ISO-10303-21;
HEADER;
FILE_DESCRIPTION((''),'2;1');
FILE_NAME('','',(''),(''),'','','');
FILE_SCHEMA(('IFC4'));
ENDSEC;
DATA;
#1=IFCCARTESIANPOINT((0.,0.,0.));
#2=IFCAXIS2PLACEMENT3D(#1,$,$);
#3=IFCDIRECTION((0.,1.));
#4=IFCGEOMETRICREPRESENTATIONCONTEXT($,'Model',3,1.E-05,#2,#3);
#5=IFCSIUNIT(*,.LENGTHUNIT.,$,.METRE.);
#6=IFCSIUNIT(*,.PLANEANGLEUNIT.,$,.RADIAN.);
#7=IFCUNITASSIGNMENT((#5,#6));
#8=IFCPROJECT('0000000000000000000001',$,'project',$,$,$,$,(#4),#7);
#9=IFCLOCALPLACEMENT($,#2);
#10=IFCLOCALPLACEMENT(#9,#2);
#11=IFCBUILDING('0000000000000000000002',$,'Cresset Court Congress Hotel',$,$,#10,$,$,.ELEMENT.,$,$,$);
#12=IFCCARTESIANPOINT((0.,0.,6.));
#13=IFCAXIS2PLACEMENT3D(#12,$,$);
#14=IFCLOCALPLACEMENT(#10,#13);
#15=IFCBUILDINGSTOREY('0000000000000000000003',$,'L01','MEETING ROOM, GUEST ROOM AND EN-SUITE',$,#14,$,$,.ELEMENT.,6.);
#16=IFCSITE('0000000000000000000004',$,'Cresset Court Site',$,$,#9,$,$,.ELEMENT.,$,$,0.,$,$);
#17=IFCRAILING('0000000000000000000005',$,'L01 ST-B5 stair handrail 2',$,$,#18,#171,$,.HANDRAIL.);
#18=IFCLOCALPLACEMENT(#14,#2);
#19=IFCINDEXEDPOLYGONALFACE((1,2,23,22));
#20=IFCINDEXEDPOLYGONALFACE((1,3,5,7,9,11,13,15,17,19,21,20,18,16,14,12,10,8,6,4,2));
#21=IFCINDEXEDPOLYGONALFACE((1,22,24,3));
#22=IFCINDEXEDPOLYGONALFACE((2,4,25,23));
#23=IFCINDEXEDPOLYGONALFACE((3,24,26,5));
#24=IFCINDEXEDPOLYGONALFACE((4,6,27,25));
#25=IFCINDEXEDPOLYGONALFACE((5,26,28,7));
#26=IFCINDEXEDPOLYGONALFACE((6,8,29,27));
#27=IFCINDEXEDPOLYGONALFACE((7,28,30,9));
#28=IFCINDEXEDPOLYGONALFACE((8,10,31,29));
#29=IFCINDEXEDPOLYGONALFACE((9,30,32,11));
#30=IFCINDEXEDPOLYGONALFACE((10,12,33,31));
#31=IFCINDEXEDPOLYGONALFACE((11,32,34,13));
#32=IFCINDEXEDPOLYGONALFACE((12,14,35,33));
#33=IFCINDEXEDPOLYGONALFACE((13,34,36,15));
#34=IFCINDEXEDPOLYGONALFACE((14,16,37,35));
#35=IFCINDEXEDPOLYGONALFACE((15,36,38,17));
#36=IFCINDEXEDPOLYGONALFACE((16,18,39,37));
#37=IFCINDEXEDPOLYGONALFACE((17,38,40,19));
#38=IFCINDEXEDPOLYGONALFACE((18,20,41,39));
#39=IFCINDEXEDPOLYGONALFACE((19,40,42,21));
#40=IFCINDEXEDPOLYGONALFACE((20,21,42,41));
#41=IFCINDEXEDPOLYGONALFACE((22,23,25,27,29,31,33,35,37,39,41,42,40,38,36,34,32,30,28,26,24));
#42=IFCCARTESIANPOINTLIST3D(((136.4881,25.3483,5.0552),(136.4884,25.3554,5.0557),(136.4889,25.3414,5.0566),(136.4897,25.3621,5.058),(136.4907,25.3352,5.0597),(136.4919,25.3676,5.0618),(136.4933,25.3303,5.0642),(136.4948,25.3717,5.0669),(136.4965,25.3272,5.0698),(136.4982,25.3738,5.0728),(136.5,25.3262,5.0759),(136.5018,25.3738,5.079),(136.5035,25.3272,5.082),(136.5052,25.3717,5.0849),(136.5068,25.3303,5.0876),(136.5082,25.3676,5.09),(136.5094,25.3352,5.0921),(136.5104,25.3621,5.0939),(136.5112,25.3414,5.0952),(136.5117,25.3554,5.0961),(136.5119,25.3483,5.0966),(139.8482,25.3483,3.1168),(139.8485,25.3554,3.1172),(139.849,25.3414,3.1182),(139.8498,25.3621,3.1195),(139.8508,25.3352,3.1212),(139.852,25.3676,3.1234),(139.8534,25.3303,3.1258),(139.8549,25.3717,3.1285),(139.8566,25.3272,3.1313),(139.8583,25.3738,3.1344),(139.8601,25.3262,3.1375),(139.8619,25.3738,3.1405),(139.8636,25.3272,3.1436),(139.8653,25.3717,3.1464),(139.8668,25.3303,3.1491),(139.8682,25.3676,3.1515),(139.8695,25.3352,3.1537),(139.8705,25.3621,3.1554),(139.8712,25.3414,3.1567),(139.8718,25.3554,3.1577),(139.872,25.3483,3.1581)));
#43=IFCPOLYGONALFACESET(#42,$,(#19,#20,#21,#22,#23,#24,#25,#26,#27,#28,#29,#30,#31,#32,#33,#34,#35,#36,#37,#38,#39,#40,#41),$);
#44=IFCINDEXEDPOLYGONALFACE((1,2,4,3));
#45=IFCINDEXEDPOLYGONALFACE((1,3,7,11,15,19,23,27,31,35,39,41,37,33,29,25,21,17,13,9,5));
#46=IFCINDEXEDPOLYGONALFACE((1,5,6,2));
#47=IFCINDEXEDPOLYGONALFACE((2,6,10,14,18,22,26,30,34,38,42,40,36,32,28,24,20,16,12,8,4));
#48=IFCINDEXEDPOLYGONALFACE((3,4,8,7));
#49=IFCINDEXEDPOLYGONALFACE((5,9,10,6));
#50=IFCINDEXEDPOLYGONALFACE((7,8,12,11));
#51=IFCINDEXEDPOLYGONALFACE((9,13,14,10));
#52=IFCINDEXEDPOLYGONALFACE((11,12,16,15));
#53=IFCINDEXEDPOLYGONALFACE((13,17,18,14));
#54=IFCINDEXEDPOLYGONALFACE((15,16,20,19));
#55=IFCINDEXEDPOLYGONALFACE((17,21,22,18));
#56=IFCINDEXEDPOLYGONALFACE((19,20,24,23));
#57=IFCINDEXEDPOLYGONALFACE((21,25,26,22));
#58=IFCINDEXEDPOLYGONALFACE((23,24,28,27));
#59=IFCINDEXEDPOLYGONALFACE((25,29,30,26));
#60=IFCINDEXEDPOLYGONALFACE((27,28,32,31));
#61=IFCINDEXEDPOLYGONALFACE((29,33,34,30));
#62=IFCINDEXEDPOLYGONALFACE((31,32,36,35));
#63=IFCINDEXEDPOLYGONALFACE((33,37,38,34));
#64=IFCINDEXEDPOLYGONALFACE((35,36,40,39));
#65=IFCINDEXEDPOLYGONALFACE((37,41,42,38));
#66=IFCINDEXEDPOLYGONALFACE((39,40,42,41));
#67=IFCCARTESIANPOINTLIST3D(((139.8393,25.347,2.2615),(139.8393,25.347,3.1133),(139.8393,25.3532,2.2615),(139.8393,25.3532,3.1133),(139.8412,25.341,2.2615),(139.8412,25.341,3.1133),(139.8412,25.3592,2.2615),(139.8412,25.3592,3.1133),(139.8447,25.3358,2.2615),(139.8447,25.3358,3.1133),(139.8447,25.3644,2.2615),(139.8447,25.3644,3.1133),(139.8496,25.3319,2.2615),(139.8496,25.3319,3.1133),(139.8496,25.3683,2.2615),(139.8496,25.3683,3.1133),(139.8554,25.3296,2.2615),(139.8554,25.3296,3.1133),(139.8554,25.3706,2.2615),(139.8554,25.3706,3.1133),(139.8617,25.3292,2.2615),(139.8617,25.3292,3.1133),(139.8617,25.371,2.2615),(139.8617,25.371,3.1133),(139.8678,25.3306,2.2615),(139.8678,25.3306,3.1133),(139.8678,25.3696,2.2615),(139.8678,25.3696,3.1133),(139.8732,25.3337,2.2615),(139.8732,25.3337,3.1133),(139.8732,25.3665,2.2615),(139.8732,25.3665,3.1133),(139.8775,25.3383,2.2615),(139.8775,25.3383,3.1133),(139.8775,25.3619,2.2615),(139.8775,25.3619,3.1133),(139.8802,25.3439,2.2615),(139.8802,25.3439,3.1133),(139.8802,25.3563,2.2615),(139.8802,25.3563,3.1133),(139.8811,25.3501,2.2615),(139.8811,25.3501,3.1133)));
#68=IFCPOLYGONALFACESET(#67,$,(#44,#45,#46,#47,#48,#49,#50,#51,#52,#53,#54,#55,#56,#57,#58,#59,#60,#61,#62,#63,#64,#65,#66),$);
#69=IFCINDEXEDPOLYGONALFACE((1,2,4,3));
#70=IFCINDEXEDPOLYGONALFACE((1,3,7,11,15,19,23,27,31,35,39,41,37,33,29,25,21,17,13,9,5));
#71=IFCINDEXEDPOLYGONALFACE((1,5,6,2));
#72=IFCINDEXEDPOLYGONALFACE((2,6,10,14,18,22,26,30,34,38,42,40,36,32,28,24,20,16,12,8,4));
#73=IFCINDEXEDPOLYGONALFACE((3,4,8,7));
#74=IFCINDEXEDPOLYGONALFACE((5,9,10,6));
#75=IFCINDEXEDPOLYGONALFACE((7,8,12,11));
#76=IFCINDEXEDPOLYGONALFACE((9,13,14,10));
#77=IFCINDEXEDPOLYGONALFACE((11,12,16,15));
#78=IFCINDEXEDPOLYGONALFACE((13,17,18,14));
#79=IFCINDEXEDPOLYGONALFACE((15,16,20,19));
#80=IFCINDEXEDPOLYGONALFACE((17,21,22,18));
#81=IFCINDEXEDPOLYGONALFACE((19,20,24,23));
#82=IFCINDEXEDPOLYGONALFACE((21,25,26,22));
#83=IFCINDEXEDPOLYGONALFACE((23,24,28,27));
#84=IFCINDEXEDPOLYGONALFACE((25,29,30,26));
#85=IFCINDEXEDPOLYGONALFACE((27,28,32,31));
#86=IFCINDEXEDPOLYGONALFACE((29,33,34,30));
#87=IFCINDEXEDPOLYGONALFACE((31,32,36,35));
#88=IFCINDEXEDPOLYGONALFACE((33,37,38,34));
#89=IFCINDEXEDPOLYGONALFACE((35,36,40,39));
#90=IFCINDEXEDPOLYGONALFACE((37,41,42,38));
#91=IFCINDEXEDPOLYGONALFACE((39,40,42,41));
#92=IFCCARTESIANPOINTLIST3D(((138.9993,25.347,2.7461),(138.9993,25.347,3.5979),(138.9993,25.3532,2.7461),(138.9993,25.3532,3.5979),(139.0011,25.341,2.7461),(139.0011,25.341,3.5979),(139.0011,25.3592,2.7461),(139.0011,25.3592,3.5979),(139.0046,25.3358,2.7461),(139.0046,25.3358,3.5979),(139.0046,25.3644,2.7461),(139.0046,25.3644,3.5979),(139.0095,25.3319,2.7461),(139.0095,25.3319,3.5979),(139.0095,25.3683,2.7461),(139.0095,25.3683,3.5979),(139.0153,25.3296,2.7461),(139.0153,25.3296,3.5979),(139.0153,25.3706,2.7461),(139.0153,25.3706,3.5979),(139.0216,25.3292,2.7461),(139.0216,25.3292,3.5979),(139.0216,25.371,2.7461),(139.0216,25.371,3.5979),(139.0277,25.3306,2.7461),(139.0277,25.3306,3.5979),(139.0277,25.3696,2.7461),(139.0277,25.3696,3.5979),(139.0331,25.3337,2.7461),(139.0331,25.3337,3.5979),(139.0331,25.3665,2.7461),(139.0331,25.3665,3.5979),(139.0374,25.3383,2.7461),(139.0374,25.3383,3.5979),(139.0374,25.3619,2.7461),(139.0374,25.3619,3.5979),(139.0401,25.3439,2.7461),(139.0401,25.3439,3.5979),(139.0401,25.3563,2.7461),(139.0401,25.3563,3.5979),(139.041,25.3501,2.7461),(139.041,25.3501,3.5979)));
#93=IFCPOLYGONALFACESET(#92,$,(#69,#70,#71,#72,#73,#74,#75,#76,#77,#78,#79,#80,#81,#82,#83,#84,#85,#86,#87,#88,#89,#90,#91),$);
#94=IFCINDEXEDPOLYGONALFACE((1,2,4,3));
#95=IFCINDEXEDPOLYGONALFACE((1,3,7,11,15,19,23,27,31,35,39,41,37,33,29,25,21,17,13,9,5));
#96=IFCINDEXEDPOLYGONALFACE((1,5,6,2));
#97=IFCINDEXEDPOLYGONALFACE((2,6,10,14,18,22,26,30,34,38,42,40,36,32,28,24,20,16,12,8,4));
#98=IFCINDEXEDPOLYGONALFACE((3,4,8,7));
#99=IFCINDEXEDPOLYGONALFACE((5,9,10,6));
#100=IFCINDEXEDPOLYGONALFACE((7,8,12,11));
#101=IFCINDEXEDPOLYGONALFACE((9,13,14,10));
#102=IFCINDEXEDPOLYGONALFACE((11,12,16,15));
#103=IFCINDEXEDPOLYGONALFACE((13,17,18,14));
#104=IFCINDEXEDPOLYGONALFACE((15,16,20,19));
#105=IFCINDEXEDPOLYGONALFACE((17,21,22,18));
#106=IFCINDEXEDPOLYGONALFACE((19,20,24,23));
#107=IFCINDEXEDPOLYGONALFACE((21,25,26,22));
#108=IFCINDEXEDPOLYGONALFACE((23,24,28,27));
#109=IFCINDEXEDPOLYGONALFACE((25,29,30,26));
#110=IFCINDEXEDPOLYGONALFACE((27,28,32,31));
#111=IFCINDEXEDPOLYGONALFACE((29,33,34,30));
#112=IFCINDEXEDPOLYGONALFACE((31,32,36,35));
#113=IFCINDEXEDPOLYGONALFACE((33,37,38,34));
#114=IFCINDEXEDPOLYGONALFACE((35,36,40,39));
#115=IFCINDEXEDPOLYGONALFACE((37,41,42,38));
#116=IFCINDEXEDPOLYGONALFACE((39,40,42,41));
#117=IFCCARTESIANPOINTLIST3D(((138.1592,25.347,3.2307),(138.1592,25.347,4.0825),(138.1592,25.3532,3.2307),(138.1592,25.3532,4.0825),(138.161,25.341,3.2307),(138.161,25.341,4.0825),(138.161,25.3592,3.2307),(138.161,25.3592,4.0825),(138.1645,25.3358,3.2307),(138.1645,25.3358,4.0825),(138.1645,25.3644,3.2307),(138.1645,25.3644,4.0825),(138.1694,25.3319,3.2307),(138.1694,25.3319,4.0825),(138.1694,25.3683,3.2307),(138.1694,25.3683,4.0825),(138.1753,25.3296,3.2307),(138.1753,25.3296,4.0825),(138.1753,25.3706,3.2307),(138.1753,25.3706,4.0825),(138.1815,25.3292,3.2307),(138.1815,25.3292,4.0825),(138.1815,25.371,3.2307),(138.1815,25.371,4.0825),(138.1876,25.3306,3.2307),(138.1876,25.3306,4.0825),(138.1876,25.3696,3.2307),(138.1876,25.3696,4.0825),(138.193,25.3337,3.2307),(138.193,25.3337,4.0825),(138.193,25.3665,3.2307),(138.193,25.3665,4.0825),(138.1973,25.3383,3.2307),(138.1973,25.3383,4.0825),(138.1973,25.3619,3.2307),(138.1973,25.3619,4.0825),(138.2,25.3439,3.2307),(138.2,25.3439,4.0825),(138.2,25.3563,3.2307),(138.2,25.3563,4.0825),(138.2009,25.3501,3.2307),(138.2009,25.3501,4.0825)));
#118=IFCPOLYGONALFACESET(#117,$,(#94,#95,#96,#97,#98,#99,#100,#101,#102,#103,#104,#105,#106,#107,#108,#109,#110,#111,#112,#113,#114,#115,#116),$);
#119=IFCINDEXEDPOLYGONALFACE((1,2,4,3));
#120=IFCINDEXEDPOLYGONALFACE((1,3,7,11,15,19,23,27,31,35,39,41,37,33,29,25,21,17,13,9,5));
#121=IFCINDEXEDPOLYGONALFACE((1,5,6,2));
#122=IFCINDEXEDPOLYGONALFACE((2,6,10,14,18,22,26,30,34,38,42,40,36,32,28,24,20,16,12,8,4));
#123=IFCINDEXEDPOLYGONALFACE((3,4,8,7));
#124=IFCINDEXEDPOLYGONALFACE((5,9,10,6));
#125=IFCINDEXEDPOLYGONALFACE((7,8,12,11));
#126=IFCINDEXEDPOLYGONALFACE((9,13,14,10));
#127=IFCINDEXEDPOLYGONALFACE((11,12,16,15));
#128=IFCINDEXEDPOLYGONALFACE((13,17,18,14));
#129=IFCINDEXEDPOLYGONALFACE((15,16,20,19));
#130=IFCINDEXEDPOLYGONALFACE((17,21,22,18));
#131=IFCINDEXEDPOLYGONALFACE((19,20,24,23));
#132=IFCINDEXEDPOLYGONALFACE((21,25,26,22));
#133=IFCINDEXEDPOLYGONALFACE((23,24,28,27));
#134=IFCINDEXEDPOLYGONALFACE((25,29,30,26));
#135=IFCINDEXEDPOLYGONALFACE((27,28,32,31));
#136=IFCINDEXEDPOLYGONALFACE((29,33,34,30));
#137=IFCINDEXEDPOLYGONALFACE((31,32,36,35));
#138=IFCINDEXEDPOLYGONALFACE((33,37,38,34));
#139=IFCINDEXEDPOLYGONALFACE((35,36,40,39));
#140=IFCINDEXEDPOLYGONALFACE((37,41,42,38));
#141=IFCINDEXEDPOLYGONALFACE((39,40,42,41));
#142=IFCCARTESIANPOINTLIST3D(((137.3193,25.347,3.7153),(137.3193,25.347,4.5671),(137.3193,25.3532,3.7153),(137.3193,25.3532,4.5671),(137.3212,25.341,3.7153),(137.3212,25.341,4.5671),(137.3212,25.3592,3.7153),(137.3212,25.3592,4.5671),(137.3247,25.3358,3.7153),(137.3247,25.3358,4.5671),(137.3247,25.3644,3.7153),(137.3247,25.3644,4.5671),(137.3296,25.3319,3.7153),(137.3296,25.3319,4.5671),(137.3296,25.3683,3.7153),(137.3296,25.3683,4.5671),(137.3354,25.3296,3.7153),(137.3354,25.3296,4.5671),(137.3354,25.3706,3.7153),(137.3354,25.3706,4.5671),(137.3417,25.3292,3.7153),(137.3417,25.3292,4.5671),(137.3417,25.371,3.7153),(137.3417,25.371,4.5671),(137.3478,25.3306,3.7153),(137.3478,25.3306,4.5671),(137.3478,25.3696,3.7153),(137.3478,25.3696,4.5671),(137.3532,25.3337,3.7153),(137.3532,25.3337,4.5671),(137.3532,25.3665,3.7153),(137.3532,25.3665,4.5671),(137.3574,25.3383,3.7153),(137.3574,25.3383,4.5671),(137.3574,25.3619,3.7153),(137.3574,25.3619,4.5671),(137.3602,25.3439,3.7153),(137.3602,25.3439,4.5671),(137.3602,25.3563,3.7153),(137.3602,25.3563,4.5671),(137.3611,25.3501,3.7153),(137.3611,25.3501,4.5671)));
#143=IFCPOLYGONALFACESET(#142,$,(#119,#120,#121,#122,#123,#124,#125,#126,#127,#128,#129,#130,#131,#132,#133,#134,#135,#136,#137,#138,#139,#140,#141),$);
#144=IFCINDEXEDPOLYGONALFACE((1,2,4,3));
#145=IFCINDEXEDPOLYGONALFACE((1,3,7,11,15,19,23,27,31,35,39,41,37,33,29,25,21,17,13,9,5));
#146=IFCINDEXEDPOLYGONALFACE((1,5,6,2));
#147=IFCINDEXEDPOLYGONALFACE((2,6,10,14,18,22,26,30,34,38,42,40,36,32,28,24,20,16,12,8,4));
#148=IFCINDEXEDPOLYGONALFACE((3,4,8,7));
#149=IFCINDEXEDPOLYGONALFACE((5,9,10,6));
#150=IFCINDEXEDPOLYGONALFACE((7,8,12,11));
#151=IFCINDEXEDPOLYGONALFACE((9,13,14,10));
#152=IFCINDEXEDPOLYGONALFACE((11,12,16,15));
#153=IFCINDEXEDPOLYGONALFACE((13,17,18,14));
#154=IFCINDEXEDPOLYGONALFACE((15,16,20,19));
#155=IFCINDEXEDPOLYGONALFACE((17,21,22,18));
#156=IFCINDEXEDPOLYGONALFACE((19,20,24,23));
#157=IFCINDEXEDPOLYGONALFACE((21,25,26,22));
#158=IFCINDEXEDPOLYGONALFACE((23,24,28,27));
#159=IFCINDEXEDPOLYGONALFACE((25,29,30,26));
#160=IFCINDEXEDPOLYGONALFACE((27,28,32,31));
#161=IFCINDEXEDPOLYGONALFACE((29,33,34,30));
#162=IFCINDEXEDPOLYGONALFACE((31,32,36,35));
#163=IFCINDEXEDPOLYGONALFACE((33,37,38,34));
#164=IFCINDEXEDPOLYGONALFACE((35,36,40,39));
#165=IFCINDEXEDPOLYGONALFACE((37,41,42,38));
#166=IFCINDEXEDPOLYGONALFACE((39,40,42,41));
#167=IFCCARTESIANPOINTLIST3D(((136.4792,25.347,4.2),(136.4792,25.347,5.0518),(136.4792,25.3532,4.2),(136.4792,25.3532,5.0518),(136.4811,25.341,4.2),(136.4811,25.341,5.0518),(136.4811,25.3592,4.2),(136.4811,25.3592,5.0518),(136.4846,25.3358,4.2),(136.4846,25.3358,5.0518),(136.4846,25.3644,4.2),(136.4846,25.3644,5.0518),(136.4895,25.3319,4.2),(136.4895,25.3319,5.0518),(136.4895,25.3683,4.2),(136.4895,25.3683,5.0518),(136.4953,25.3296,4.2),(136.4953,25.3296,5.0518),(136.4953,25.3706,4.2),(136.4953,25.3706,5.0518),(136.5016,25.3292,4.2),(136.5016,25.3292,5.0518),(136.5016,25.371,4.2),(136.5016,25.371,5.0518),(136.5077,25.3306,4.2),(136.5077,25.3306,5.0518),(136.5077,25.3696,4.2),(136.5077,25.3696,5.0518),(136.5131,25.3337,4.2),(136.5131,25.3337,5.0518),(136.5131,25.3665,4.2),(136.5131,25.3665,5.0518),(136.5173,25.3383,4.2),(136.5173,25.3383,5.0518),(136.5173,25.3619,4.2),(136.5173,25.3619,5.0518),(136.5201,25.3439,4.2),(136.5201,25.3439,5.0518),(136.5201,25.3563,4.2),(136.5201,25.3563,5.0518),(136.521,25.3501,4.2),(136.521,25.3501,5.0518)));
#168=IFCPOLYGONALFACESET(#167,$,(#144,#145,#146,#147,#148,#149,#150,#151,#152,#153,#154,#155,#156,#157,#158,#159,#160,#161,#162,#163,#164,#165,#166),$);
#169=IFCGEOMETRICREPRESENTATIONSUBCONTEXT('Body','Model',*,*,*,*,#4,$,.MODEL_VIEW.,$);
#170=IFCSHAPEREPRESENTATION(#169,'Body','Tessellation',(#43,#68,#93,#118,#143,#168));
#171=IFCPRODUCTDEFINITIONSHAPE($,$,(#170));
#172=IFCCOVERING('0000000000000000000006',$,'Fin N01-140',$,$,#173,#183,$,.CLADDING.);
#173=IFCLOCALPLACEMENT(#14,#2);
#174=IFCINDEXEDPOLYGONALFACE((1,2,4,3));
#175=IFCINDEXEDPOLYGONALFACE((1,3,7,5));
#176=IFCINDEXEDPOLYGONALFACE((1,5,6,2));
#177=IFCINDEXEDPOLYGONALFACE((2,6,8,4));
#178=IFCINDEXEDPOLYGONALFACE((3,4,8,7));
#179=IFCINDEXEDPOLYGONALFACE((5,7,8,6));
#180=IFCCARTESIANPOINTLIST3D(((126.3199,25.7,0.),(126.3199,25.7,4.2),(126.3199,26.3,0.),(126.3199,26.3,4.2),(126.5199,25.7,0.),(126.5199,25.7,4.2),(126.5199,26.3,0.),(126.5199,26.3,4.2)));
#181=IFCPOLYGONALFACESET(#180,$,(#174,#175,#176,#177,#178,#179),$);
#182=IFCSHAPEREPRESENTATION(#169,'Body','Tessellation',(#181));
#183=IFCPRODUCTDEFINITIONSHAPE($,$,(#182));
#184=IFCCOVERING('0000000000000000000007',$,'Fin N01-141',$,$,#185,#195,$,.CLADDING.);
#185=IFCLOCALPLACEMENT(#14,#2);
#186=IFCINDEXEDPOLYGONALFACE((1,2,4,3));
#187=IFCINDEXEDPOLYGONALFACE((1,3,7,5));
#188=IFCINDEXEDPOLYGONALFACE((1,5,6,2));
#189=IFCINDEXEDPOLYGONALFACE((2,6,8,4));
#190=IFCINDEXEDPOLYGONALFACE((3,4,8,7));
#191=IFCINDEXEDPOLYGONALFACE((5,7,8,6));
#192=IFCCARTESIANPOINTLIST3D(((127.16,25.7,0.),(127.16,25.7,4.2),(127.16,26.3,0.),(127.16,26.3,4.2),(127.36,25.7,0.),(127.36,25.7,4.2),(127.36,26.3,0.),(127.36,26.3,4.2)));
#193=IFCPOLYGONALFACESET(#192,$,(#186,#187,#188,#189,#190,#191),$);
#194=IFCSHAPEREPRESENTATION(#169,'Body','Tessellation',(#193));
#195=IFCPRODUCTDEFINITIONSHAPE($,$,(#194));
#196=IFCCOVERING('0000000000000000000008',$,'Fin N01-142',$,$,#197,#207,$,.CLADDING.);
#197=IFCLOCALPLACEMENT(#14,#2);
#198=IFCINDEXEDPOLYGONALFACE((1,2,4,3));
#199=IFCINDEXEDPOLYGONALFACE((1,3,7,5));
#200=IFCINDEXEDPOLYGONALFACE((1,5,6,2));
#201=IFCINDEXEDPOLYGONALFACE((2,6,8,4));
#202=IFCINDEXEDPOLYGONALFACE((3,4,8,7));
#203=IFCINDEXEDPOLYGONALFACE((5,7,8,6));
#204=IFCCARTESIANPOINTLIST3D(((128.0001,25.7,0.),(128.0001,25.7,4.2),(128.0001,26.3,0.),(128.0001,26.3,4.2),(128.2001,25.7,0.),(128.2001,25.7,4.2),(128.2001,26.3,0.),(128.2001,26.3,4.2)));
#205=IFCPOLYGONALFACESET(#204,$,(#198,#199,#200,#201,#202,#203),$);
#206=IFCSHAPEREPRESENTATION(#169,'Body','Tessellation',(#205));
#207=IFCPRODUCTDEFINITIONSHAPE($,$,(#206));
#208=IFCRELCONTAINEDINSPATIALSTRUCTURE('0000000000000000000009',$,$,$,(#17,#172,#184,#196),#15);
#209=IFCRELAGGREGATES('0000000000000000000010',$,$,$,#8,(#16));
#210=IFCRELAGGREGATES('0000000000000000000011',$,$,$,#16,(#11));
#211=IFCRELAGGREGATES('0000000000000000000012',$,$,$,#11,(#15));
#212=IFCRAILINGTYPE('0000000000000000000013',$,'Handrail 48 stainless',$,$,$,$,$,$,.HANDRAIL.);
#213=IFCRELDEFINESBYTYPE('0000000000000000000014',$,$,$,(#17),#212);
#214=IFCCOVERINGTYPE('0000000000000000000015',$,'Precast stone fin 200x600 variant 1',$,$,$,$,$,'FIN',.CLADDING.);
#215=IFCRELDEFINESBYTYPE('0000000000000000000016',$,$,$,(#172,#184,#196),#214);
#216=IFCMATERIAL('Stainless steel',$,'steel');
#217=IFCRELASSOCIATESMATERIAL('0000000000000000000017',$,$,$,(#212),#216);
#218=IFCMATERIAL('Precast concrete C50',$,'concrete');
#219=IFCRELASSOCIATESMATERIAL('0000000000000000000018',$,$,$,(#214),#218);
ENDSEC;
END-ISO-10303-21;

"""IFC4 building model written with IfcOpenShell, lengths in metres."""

from ifc_helpers import new_model, si_unit, direction, frame, origin, origin_2d, place, context, subcontext, project, spatial, rectangle, circle, extrude, material, type_object, element, save


model = new_model("IFC4")

# Units and contexts
model_context = context("Model", 3, precision=1e-05, world=origin(), true_north=direction((0.0, 1.0)))
body_context = subcontext(model_context, "Body", "Model", "MODEL_VIEW")
ifc_project = project(units=[si_unit("LENGTHUNIT", "METRE"), si_unit("PLANEANGLEUNIT", "RADIAN")], contexts=[model_context])

# Site, building, storey
site_placement = place(None, origin())
site = spatial("IfcSite", under=ifc_project, at=site_placement, Name="Cresset Court Site", CompositionType="ELEMENT", RefElevation=0.0)
building_placement = place(site_placement, origin())
building = spatial("IfcBuilding", under=site, at=building_placement, Name="Cresset Court Congress Hotel", CompositionType="ELEMENT")
storey_placement = place(building_placement, frame((0.0, 0.0, 6.0)))
storey = spatial("IfcBuildingStorey", under=building, at=storey_placement, Name="L01", Description="MEETING ROOM, GUEST ROOM AND EN-SUITE", CompositionType="ELEMENT", Elevation=6.0)

# Railing
ifc_material_1 = material(Name="Stainless steel", Category="steel")
railing_type_1 = type_object("IfcRailingType", Name="Handrail 48 stainless", PredefinedType="HANDRAIL", material=ifc_material_1)
railing_1_placement = place(storey_placement, frame((139.8601, 25.3501, 2.2615)))
element("IfcRailing", 1, at=railing_1_placement, inside=storey, type_object=railing_type_1, Name="L01 ST-B5 stair handrail 2", PredefinedType="HANDRAIL", context=body_context, shape_type="SweptSolid", body=[
    extrude(circle(Radius=0.0239, at=origin_2d()), frame((0.0, 0.0, 0.876), z_axis=(-0.866191, 0.0, 0.499713), x_axis=(0.0, -1.0, 0.0)), (0.0, 0.0, 1.0), 3.8792),
    extrude(circle(Radius=0.021, at=origin_2d()), origin(), (0.0, 0.0, 1.0), 0.8518),
    extrude(circle(Radius=0.021, at=origin_2d()), frame((-0.8401, 0.0, 0.4846)), (0.0, 0.0, 1.0), 0.8518),
    extrude(circle(Radius=0.021, at=origin_2d()), frame((-1.6802, 0.0, 0.9692)), (0.0, 0.0, 1.0), 0.8518),
    extrude(circle(Radius=0.021, at=origin_2d()), frame((-2.52, 0.0, 1.4539)), (0.0, 0.0, 1.0), 0.8518),
    extrude(circle(Radius=0.021, at=origin_2d()), frame((-3.3601, 0.0, 1.9385)), (0.0, 0.0, 1.0), 0.8518),
])

# Coverings
ifc_material_2 = material(Name="Precast concrete C50", Category="concrete")
covering_type = type_object("IfcCoveringType", Name="Precast stone fin 200x600 variant 1", ElementType="FIN", PredefinedType="CLADDING", material=ifc_material_2)
for number, where, z_axis, x_axis, name in (
    (2, (126.4199, 26.0, 0.0), (0.0, 0.0, 1.0), (1.0, 0.0, 0.0), "Fin N01-140"),
    (3, (127.26, 26.0, 0.0), (0.0, 0.0, 1.0), (1.0, 0.0, 0.0), "Fin N01-141"),
    (4, (128.1001, 26.0, 0.0), (0.0, 0.0, 1.0), (1.0, 0.0, 0.0), "Fin N01-142"),
):
    element("IfcCovering", number, at=place(storey_placement, frame(where, z_axis=z_axis, x_axis=x_axis)), inside=storey, type_object=covering_type, Name=name, PredefinedType="CLADDING", context=body_context, shape_type="SweptSolid", body=[
        extrude(rectangle(XDim=0.2, YDim=0.6001, at=origin_2d()), origin(), (0.0, 0.0, 1.0), 4.2),
    ])

save(model, "model.ifc")
